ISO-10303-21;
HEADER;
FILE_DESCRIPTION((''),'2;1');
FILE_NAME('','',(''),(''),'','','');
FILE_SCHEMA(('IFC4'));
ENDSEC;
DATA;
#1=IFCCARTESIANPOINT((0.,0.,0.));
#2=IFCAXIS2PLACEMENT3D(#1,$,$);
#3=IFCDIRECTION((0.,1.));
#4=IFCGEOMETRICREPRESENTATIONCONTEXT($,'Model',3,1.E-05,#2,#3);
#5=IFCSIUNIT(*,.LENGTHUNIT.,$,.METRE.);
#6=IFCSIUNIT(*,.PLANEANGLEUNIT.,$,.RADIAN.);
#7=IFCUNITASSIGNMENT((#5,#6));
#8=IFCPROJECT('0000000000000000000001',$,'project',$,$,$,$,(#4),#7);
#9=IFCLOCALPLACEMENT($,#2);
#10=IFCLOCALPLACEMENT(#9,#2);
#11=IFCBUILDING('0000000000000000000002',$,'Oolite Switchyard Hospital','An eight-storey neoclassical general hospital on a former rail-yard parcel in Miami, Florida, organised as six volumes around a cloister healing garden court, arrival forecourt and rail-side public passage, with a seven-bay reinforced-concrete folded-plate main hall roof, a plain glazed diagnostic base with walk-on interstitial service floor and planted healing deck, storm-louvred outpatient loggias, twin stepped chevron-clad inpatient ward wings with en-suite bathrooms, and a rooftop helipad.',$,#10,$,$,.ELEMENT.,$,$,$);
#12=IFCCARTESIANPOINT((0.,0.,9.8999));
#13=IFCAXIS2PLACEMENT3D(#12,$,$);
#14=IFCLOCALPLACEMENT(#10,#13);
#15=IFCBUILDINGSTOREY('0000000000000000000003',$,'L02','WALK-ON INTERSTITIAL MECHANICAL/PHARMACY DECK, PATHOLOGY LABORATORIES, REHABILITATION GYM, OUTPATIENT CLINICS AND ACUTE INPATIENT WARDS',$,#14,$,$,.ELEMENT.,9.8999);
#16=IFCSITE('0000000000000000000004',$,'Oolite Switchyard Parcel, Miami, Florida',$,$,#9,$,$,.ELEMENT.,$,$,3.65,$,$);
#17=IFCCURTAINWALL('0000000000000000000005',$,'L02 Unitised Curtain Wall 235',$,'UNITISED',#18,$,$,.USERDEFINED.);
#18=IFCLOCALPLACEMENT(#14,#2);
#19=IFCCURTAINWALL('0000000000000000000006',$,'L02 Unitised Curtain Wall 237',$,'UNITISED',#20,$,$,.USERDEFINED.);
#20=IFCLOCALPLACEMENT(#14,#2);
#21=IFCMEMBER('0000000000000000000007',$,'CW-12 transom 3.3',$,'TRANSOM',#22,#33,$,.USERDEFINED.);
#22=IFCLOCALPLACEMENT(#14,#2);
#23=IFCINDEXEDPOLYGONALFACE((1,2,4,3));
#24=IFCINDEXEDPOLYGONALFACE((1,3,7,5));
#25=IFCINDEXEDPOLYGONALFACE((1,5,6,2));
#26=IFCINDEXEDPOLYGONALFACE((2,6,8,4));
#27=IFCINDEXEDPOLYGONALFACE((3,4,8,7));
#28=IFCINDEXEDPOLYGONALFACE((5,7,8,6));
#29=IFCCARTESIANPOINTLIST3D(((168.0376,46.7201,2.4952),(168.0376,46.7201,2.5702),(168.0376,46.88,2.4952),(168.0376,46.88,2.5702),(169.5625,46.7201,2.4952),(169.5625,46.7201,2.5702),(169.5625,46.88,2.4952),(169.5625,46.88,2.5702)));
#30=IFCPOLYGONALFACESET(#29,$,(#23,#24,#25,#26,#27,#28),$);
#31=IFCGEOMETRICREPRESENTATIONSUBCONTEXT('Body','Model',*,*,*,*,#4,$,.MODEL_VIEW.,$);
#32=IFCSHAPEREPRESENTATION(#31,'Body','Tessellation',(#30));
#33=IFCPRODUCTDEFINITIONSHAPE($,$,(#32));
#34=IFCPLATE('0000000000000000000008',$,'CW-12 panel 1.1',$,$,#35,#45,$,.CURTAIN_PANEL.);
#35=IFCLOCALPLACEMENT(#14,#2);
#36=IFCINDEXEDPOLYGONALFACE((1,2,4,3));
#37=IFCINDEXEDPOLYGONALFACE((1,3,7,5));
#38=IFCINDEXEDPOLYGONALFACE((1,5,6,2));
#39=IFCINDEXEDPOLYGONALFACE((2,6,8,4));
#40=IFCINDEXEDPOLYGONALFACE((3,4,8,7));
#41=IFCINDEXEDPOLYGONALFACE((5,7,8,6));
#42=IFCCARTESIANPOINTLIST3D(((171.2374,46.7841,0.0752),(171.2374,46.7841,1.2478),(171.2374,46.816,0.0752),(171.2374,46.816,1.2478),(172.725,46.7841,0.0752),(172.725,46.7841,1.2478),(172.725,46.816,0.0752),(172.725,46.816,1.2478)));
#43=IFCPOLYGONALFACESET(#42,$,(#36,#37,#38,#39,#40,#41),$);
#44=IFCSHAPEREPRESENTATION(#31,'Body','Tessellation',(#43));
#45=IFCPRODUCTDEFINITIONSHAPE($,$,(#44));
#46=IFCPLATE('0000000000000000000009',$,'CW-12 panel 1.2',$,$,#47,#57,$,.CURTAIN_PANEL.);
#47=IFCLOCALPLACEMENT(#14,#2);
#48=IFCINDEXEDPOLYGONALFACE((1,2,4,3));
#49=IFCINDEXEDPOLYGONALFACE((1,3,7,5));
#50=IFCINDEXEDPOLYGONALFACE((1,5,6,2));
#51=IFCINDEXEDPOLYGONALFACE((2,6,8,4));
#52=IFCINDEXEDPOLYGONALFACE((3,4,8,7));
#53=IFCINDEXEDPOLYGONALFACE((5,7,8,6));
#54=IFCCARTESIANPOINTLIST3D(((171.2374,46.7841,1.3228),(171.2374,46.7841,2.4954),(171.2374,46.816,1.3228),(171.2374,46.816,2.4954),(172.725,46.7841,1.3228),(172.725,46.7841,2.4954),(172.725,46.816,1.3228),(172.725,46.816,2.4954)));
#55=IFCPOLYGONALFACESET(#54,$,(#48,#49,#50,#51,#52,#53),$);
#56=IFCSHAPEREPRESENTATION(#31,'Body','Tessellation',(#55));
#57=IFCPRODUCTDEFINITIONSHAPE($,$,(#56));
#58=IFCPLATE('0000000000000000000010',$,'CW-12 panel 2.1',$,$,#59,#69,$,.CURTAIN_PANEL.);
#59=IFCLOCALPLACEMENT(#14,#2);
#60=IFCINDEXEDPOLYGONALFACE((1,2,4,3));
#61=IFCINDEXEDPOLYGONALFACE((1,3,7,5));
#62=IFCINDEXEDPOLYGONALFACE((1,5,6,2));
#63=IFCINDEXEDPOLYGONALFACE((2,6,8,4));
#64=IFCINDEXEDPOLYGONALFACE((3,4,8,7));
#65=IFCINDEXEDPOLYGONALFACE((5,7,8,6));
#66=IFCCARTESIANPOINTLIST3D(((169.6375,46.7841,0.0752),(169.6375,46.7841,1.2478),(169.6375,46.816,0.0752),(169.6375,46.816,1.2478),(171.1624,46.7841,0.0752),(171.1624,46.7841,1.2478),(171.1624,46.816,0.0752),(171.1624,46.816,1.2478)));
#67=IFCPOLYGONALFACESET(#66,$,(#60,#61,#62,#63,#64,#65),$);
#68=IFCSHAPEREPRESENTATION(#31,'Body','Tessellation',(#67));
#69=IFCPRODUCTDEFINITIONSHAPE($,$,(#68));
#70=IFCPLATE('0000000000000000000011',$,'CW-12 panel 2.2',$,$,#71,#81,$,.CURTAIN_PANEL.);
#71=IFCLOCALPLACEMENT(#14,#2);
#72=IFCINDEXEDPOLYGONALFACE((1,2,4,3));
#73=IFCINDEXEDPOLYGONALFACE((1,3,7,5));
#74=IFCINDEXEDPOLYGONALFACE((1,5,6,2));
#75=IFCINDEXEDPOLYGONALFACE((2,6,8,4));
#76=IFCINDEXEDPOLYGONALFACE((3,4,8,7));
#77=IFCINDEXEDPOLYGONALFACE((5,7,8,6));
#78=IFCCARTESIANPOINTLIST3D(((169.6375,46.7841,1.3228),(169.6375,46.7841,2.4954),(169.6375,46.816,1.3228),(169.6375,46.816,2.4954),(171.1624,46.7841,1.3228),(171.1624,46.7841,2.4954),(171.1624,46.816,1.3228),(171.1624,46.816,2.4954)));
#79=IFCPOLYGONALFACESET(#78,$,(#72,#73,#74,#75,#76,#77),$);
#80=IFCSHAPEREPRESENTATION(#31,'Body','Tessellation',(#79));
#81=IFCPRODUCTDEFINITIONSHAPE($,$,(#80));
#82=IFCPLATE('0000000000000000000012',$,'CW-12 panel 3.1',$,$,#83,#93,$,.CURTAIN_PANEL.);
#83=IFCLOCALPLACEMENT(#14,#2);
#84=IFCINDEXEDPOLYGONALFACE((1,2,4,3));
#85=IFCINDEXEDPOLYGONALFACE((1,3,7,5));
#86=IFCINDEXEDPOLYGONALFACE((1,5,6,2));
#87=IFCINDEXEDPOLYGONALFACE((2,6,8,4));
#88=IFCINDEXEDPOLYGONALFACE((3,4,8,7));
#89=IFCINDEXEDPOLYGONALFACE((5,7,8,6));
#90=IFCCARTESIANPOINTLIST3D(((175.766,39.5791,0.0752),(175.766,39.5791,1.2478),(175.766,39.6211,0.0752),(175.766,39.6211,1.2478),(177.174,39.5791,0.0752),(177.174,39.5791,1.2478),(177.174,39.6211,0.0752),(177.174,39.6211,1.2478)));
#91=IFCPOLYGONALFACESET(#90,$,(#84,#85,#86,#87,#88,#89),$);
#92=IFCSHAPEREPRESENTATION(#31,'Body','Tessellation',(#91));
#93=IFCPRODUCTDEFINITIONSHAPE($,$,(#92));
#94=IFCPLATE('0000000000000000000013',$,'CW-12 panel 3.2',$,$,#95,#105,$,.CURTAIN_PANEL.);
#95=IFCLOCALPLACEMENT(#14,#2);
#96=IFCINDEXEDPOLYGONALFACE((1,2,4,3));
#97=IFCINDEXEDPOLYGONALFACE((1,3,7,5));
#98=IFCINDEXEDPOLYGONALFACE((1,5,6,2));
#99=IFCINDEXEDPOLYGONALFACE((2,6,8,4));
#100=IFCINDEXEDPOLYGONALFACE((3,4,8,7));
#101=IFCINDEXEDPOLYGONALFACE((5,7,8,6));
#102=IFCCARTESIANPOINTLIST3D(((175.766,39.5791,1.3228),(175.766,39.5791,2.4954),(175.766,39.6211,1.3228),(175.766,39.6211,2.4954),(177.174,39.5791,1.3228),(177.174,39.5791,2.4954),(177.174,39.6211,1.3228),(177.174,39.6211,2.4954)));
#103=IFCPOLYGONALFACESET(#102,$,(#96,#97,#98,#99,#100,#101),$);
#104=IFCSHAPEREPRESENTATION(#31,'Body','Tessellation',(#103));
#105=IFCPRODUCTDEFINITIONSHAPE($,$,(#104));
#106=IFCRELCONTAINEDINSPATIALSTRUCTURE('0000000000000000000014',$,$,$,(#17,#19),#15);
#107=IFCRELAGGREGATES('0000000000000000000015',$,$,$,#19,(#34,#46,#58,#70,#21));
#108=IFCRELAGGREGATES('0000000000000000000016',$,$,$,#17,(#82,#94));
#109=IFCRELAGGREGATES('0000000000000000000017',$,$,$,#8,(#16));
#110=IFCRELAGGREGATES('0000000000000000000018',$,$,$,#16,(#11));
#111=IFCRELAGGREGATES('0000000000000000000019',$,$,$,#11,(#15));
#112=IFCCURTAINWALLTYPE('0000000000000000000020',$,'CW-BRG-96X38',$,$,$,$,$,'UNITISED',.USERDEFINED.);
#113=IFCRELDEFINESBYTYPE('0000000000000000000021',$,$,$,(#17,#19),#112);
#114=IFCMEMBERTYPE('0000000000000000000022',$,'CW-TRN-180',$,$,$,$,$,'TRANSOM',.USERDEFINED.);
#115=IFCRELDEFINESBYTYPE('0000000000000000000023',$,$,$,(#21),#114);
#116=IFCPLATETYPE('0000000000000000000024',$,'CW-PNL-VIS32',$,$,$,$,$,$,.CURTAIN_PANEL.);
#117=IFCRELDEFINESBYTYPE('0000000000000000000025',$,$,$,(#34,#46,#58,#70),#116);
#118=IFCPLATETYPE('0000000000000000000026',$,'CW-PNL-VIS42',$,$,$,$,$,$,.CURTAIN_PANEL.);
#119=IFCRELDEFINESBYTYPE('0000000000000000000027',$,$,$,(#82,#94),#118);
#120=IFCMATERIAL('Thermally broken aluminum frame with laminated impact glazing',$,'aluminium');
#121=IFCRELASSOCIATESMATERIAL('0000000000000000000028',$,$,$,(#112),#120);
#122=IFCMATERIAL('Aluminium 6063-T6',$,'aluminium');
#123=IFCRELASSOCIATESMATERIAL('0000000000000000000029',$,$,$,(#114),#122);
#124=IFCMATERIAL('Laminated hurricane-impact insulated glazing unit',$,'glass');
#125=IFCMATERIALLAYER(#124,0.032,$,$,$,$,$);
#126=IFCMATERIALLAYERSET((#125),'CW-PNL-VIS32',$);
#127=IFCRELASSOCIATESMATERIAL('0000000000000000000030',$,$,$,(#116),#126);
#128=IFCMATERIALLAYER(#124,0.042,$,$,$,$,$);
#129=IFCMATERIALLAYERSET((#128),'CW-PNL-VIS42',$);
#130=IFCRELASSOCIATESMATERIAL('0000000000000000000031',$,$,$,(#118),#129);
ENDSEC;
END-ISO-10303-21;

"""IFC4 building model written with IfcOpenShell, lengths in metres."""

from ifc_helpers import new_model, si_unit, direction, frame, origin, origin_2d, place, context, subcontext, project, spatial, rectangle, extrude, material, layer, layer_set, material_profile, profile_set, type_object, element, aggregate, save


model = new_model("IFC4")

# Units and contexts
model_context = context("Model", 3, precision=1e-05, world=origin(), true_north=direction((0.0, 1.0)))
body_context = subcontext(model_context, "Body", "Model", "MODEL_VIEW")
ifc_project = project(units=[si_unit("LENGTHUNIT", "METRE"), si_unit("PLANEANGLEUNIT", "RADIAN")], contexts=[model_context])

# Site, building, storey
site_placement = place(None, origin())
site = spatial("IfcSite", under=ifc_project, at=site_placement, Name="Oolite Switchyard Parcel, Miami, Florida", CompositionType="ELEMENT", RefElevation=3.65)
building_placement = place(site_placement, origin())
building = spatial("IfcBuilding", under=site, at=building_placement, Name="Oolite Switchyard Hospital", Description="An eight-storey neoclassical general hospital on a former rail-yard parcel in Miami, Florida, organised as six volumes around a cloister healing garden court, arrival forecourt and rail-side public passage, with a seven-bay reinforced-concrete folded-plate main hall roof, a plain glazed diagnostic base with walk-on interstitial service floor and planted healing deck, storm-louvred outpatient loggias, twin stepped chevron-clad inpatient ward wings with en-suite bathrooms, and a rooftop helipad.", CompositionType="ELEMENT")
storey_placement = place(building_placement, frame((0.0, 0.0, 9.8999)))
storey = spatial("IfcBuildingStorey", under=building, at=storey_placement, Name="L02", Description="WALK-ON INTERSTITIAL MECHANICAL/PHARMACY DECK, PATHOLOGY LABORATORIES, REHABILITATION GYM, OUTPATIENT CLINICS AND ACUTE INPATIENT WARDS", CompositionType="ELEMENT", Elevation=9.8999)

# Curtain wall
ifc_material_1 = material(Name="Thermally broken aluminum frame with laminated impact glazing", Category="aluminium")
curtain_wall_type = type_object("IfcCurtainWallType", Name="CW-BRG-96X38", ElementType="UNITISED", PredefinedType="USERDEFINED", material=ifc_material_1)
curtain_wall_1_placement = place(storey_placement, origin())
curtain_wall_1 = element("IfcCurtainWall", 1, at=curtain_wall_1_placement, inside=storey, type_object=curtain_wall_type, Name="L02 Unitised Curtain Wall 235", ObjectType="UNITISED", PredefinedType="USERDEFINED")
ifc_material_2 = material(Name="Aluminium 6063-T6", Category="aluminium")

# Curtain wall
curtain_wall_2_placement = place(storey_placement, origin())
curtain_wall_2 = element("IfcCurtainWall", 2, at=curtain_wall_2_placement, inside=storey, type_object=curtain_wall_type, Name="L02 Unitised Curtain Wall 237", ObjectType="UNITISED", PredefinedType="USERDEFINED")

# Member
ifc_material_profile_1 = material_profile(ifc_material_2, rectangle(XDim=0.1599, YDim=0.075, at=origin_2d()), Name="CWT75X160")
ifc_profile_set_1 = profile_set([ifc_material_profile_1], Name="Aluminium 6063-T6")
member_type_1 = type_object("IfcMemberType", Name="CW-TRN-180", ElementType="TRANSOM", PredefinedType="USERDEFINED", material=ifc_profile_set_1)
member_1_placement = place(storey_placement, frame((169.5625, 46.8, 2.5327), z_axis=(-1.0, 0.0, 0.0), x_axis=(0.0, -1.0, 0.0)))
member_1 = element("IfcMember", 3, at=member_1_placement, type_object=member_type_1, Name="CW-12 transom 3.3", ObjectType="TRANSOM", PredefinedType="USERDEFINED", context=body_context, shape_type="SweptSolid", body=[
    extrude(rectangle(XDim=0.1599, YDim=0.075, at=origin_2d()), origin(), (0.0, 0.0, 1.0), 1.5249),
])

# Plates
ifc_material_3 = material(Name="Laminated hurricane-impact insulated glazing unit", Category="glass")
ifc_layer_1 = layer(ifc_material_3, 0.032)
ifc_layer_set_1 = layer_set([ifc_layer_1], Name="CW-PNL-VIS32")
plate_type_1 = type_object("IfcPlateType", Name="CW-PNL-VIS32", PredefinedType="CURTAIN_PANEL", material=ifc_layer_set_1)
plate_1_placement = place(storey_placement, frame((171.9812, 46.8, 0.0752), z_axis=(0.0, 0.0, 1.0), x_axis=(-1.0, 0.0, 0.0)))
plate_1 = element("IfcPlate", 4, at=plate_1_placement, type_object=plate_type_1, Name="CW-12 panel 1.1", PredefinedType="CURTAIN_PANEL", context=body_context, shape_type="SweptSolid", body=[
    extrude(rectangle(XDim=1.4875, YDim=0.032, at=origin_2d()), origin(), (0.0, 0.0, 1.0), 1.1726),
])
plate_2_placement = place(storey_placement, frame((171.9812, 46.8, 1.3228), z_axis=(0.0, 0.0, 1.0), x_axis=(-1.0, 0.0, 0.0)))
plate_2 = element("IfcPlate", 5, at=plate_2_placement, type_object=plate_type_1, Name="CW-12 panel 1.2", PredefinedType="CURTAIN_PANEL", context=body_context, shape_type="SweptSolid", body=[
    extrude(rectangle(XDim=1.4875, YDim=0.032, at=origin_2d()), origin(), (0.0, 0.0, 1.0), 1.1726),
])
plate_3_placement = place(storey_placement, frame((170.3999, 46.8, 0.0752), z_axis=(0.0, 0.0, 1.0), x_axis=(-1.0, 0.0, 0.0)))
plate_3 = element("IfcPlate", 6, at=plate_3_placement, type_object=plate_type_1, Name="CW-12 panel 2.1", PredefinedType="CURTAIN_PANEL", context=body_context, shape_type="SweptSolid", body=[
    extrude(rectangle(XDim=1.5249, YDim=0.032, at=origin_2d()), origin(), (0.0, 0.0, 1.0), 1.1726),
])
plate_4_placement = place(storey_placement, frame((170.3999, 46.8, 1.3228), z_axis=(0.0, 0.0, 1.0), x_axis=(-1.0, 0.0, 0.0)))
plate_4 = element("IfcPlate", 7, at=plate_4_placement, type_object=plate_type_1, Name="CW-12 panel 2.2", PredefinedType="CURTAIN_PANEL", context=body_context, shape_type="SweptSolid", body=[
    extrude(rectangle(XDim=1.5249, YDim=0.032, at=origin_2d()), origin(), (0.0, 0.0, 1.0), 1.1726),
])
aggregate(curtain_wall_2, [plate_1, plate_2, plate_3, plate_4, member_1])
ifc_layer_2 = layer(ifc_material_3, 0.042)
ifc_layer_set_2 = layer_set([ifc_layer_2], Name="CW-PNL-VIS42")
plate_type_2 = type_object("IfcPlateType", Name="CW-PNL-VIS42", PredefinedType="CURTAIN_PANEL", material=ifc_layer_set_2)
plate_5_placement = place(storey_placement, frame((176.47, 39.6001, 0.0752), z_axis=(0.0, 0.0, 1.0), x_axis=(1.0, 0.0, 0.0)))
plate_5 = element("IfcPlate", 8, at=plate_5_placement, type_object=plate_type_2, Name="CW-12 panel 3.1", PredefinedType="CURTAIN_PANEL", context=body_context, shape_type="SweptSolid", body=[
    extrude(rectangle(XDim=1.408, YDim=0.042, at=origin_2d()), origin(), (0.0, 0.0, 1.0), 1.1726),
])
plate_6_placement = place(storey_placement, frame((176.47, 39.6001, 1.3228), z_axis=(0.0, 0.0, 1.0), x_axis=(1.0, 0.0, 0.0)))
plate_6 = element("IfcPlate", 9, at=plate_6_placement, type_object=plate_type_2, Name="CW-12 panel 3.2", PredefinedType="CURTAIN_PANEL", context=body_context, shape_type="SweptSolid", body=[
    extrude(rectangle(XDim=1.408, YDim=0.042, at=origin_2d()), origin(), (0.0, 0.0, 1.0), 1.1726),
])
aggregate(curtain_wall_1, [plate_5, plate_6])

save(model, "model.ifc")
